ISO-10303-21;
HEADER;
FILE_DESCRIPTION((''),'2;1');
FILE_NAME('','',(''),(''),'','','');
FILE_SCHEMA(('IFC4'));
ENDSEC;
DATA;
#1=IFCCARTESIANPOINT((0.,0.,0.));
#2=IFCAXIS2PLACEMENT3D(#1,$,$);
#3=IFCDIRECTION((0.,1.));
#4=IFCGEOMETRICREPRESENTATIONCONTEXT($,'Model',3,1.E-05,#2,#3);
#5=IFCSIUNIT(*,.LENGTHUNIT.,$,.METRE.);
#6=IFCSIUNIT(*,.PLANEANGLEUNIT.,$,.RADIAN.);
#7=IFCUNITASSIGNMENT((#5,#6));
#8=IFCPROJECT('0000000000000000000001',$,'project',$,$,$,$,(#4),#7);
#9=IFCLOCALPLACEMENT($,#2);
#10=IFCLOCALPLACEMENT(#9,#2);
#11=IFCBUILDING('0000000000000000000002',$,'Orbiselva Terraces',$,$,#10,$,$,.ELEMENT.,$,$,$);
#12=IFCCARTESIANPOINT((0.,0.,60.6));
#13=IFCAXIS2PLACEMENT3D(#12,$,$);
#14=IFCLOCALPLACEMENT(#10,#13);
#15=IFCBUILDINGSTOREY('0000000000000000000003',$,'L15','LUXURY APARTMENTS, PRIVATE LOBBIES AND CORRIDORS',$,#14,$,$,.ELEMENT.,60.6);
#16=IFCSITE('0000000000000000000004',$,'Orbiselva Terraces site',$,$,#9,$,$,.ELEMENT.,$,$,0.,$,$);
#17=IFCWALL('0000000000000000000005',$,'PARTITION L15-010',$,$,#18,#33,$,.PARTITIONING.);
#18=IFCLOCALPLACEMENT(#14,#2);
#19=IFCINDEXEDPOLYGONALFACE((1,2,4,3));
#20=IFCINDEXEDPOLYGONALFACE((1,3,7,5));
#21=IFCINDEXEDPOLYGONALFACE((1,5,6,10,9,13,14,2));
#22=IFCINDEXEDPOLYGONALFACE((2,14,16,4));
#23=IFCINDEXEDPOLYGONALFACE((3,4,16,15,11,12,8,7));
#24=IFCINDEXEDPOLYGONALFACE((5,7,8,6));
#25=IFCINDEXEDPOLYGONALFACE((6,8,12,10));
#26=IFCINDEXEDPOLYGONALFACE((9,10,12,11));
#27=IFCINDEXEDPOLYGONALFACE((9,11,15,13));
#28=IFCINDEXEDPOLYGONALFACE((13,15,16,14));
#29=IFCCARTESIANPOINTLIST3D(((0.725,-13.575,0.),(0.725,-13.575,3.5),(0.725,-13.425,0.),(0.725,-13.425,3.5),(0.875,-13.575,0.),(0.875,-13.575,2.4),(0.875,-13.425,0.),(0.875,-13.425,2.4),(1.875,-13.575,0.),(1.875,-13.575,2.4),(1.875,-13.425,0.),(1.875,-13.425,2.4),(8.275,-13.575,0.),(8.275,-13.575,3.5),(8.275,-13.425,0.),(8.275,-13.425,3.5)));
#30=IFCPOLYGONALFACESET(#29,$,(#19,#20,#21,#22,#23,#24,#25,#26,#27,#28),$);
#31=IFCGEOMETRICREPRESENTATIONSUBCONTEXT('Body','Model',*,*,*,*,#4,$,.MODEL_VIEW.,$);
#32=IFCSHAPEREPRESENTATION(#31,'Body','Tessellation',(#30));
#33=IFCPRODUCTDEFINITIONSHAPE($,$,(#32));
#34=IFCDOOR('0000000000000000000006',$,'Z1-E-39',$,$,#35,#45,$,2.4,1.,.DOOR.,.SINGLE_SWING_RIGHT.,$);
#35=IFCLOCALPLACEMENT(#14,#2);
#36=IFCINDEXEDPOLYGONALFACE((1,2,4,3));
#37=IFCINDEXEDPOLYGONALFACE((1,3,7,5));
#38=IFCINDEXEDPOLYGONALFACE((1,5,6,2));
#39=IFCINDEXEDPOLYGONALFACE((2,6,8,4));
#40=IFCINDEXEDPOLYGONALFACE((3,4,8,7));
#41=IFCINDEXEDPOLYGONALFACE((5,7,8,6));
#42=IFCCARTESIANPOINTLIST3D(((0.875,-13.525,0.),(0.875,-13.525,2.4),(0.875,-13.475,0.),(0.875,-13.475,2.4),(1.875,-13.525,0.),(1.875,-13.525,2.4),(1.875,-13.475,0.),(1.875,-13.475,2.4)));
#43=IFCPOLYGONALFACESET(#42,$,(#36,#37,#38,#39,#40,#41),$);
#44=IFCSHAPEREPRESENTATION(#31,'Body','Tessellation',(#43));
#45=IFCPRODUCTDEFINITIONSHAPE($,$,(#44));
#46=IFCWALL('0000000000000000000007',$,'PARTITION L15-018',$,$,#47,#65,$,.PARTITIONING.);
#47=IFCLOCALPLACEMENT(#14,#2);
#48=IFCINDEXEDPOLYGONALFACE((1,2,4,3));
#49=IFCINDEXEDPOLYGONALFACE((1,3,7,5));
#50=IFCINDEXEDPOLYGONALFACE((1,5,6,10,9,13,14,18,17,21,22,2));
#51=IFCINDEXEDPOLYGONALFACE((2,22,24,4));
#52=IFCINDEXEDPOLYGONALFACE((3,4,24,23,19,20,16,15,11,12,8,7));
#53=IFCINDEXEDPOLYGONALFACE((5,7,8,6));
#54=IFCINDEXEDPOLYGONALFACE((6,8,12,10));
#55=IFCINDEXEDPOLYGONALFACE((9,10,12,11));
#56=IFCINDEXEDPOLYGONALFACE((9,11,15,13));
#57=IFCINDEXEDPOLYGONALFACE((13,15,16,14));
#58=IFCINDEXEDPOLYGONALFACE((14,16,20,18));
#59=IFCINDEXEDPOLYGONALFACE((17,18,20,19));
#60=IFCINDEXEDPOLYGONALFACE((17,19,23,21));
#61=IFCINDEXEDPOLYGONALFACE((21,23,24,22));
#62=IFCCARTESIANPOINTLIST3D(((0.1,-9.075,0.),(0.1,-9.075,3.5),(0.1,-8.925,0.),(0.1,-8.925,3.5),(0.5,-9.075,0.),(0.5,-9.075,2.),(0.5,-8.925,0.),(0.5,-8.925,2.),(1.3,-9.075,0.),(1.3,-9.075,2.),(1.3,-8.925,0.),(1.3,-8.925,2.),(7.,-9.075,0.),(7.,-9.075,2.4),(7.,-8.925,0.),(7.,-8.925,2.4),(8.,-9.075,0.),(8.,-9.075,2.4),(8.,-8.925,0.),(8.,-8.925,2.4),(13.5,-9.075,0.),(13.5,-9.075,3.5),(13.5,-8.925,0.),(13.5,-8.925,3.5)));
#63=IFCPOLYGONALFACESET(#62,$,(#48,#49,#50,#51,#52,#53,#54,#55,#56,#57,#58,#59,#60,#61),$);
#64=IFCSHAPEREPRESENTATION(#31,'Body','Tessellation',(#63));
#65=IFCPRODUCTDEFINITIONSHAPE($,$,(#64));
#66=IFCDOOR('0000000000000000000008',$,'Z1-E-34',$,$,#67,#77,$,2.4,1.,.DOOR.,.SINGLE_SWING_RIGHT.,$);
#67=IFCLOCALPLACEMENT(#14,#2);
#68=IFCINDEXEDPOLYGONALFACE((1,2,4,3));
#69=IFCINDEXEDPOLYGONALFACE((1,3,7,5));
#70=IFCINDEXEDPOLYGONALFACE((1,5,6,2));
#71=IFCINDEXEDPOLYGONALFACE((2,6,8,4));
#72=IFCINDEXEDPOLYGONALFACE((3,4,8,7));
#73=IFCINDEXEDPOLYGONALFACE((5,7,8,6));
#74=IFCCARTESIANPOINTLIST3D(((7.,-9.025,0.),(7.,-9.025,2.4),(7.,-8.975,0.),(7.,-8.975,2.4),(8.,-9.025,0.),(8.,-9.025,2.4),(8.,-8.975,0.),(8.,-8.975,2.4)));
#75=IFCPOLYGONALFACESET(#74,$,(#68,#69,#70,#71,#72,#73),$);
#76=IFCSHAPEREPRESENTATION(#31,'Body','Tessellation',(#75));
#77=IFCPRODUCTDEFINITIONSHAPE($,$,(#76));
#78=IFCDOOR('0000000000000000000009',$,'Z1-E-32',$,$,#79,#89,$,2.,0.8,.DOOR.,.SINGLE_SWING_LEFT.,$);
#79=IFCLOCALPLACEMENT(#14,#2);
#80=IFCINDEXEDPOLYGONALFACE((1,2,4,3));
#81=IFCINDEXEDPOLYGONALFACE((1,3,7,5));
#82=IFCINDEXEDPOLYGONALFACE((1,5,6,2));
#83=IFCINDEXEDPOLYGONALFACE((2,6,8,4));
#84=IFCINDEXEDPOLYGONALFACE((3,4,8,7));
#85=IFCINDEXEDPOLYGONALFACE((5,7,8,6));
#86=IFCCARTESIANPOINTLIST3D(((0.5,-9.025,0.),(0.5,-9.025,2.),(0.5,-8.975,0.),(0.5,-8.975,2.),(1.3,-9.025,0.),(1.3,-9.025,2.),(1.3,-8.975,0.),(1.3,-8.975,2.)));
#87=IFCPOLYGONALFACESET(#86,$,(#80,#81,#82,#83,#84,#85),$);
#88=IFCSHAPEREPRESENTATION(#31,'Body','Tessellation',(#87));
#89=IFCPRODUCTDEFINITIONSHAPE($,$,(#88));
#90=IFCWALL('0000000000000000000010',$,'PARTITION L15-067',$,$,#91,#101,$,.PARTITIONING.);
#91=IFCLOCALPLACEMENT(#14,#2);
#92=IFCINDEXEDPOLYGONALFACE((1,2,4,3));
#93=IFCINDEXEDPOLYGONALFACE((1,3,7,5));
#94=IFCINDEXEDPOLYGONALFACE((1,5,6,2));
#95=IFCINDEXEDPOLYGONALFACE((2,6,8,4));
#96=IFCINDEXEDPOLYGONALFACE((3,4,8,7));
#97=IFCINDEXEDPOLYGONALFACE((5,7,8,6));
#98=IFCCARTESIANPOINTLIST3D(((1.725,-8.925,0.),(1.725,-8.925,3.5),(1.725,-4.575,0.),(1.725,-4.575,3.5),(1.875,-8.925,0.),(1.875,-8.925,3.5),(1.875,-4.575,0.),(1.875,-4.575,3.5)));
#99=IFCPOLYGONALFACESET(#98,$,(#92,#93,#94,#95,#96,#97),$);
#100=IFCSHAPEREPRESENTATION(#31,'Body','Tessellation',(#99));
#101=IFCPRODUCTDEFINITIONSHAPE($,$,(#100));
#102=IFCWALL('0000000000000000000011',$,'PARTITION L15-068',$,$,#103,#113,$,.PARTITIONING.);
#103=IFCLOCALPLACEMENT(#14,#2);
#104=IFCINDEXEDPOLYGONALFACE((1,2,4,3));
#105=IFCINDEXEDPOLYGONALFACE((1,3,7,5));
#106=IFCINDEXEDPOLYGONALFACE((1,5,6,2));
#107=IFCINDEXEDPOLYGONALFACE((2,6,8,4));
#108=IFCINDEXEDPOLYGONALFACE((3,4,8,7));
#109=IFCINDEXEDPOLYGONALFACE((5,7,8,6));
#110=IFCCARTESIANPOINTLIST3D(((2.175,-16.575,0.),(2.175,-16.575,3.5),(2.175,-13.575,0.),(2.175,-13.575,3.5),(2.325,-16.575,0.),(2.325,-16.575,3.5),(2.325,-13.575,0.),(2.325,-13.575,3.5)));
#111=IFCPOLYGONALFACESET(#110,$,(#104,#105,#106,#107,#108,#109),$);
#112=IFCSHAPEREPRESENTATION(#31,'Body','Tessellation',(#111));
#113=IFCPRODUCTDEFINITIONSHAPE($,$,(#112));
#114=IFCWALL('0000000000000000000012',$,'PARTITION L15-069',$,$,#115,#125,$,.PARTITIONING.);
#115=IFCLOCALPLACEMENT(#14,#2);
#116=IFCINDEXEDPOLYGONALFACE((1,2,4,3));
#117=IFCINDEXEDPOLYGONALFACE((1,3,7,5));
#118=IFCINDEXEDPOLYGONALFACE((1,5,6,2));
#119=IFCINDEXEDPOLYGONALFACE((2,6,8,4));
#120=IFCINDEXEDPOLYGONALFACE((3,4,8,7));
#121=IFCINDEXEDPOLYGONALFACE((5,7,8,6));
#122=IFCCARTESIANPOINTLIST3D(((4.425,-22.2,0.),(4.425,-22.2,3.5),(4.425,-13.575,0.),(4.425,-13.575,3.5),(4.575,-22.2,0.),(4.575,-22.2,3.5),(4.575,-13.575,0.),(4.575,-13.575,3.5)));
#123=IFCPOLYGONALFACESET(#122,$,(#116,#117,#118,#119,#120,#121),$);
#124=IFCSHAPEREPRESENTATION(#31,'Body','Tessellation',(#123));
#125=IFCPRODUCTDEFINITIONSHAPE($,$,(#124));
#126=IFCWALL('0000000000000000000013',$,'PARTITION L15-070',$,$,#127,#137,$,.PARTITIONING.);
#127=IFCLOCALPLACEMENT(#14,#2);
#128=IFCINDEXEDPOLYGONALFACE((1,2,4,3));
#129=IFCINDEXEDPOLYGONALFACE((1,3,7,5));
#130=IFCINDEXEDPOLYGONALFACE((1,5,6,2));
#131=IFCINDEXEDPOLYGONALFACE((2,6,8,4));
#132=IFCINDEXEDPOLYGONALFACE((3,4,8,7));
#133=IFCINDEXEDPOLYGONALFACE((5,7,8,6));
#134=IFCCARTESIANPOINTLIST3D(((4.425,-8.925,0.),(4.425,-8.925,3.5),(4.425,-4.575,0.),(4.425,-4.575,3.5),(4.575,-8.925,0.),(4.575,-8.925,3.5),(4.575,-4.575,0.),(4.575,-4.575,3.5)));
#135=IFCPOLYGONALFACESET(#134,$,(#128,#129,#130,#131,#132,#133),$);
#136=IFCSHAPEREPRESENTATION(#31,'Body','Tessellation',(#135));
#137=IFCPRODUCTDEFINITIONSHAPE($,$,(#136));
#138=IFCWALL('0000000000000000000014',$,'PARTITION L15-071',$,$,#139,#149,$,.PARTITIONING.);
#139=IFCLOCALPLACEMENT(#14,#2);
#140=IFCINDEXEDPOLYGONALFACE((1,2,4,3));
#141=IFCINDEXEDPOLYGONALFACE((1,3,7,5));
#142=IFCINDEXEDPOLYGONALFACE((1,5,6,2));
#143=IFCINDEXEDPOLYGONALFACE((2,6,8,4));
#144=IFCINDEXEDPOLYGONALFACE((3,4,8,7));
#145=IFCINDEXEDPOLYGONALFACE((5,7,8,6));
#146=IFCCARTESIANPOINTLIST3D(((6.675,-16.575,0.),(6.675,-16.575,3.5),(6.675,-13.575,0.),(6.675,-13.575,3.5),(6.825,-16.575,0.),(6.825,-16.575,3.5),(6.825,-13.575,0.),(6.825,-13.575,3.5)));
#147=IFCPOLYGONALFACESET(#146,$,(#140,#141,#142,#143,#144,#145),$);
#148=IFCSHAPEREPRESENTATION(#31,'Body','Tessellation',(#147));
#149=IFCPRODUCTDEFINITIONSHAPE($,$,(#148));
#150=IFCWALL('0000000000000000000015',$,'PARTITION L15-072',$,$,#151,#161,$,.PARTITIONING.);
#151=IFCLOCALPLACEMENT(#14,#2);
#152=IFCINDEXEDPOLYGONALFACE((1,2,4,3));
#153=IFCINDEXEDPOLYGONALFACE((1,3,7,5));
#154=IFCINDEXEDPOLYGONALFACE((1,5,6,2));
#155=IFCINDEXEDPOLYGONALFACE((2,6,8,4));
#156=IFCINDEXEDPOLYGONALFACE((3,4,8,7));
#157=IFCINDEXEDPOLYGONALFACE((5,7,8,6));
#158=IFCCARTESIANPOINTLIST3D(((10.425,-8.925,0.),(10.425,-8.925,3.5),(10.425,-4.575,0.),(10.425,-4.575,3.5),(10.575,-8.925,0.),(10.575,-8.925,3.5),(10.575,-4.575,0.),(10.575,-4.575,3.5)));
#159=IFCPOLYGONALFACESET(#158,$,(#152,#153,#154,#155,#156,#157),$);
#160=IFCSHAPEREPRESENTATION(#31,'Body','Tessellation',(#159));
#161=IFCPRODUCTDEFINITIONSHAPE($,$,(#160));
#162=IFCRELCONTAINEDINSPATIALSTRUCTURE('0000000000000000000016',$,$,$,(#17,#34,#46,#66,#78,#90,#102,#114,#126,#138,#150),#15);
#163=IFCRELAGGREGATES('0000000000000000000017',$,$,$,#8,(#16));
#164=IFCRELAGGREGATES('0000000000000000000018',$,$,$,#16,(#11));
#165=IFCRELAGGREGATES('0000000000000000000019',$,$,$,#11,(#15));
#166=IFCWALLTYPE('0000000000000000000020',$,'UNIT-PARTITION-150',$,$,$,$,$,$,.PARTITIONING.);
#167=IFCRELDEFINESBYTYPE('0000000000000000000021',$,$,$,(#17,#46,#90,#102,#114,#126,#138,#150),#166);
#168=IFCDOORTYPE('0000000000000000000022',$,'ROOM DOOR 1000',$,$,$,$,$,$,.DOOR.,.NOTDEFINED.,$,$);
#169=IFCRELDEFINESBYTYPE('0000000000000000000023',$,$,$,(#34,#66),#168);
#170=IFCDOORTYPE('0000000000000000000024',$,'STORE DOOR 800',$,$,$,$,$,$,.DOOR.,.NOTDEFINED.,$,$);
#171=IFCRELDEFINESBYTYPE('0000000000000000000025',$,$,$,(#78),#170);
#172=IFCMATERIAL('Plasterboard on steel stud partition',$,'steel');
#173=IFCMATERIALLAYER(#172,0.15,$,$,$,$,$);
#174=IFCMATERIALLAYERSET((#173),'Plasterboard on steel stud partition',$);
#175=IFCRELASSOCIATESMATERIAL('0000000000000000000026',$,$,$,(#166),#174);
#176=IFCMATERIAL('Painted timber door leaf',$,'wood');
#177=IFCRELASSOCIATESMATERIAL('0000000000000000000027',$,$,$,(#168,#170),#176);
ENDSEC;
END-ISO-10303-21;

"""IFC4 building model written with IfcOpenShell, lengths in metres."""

from ifc_helpers import new_model, si_unit, direction, frame, frame_2d, origin, place, context, subcontext, project, spatial, rectangle, extrude, material, layer, layer_set, type_object, element, fill, save


model = new_model("IFC4")

# Units and contexts
model_context = context("Model", 3, precision=1e-05, world=origin(), true_north=direction((0.0, 1.0)))
body_context = subcontext(model_context, "Body", "Model", "MODEL_VIEW")
ifc_project = project(units=[si_unit("LENGTHUNIT", "METRE"), si_unit("PLANEANGLEUNIT", "RADIAN")], contexts=[model_context])

# Site, building, storey
site_placement = place(None, origin())
site = spatial("IfcSite", under=ifc_project, at=site_placement, Name="Orbiselva Terraces site", CompositionType="ELEMENT", RefElevation=0.0)
building_placement = place(site_placement, origin())
building = spatial("IfcBuilding", under=site, at=building_placement, Name="Orbiselva Terraces", CompositionType="ELEMENT")
storey_placement = place(building_placement, frame((0.0, 0.0, 60.6)))
storey = spatial("IfcBuildingStorey", under=building, at=storey_placement, Name="L15", Description="LUXURY APARTMENTS, PRIVATE LOBBIES AND CORRIDORS", CompositionType="ELEMENT", Elevation=60.6)

# Shared definitions
ifc_material_1 = material(Name="Plasterboard on steel stud partition", Category="steel")

# Wall, opening, door
ifc_layer_1 = layer(ifc_material_1, 0.15)
ifc_layer_set_1 = layer_set([ifc_layer_1], Name="Plasterboard on steel stud partition")
wall_type_1 = type_object("IfcWallType", Name="UNIT-PARTITION-150", PredefinedType="PARTITIONING", material=ifc_layer_set_1)
ifc_material_2 = material(Name="Painted timber door leaf", Category="wood")
wall_1_placement = place(storey_placement, frame((8.275, -13.5, 0.0), z_axis=(0.0, 0.0, 1.0), x_axis=(-1.0, 0.0, 0.0)))
wall_1 = element("IfcWall", 1, at=wall_1_placement, inside=storey, type_object=wall_type_1, Name="PARTITION L15-010", PredefinedType="PARTITIONING", context=body_context, shape_type="SweptSolid", body=[
    extrude(rectangle(XDim=7.55, YDim=0.15, at=frame_2d((3.775, 0.0))), origin(), (0.0, 0.0, 1.0), 3.5),
])
opening_1_placement = place(wall_1_placement, frame((6.4, 0.0, 0.0)))
opening_1 = element("IfcOpeningElement", 2, at=opening_1_placement, cuts=wall_1, PredefinedType="OPENING", context=body_context, shape_type="SweptSolid", body=[
    extrude(rectangle(XDim=1.0, YDim=2.4, at=frame_2d((0.5, 1.2))), frame((0.0, 0.085, 0.0), z_axis=(0.0, -1.0, 0.0), x_axis=(1.0, 0.0, 0.0)), (0.0, 0.0, 1.0), 0.17),
])
door_type_1 = type_object("IfcDoorType", Name="ROOM DOOR 1000", OperationType="NOTDEFINED", PredefinedType="DOOR", material=ifc_material_2)
door_1_placement = place(opening_1_placement, origin())
door_1 = element("IfcDoor", 3, at=door_1_placement, inside=storey, type_object=door_type_1, Name="Z1-E-39", OperationType="SINGLE_SWING_RIGHT", OverallHeight=2.4, OverallWidth=1.0, PredefinedType="DOOR", context=body_context, shape_type="SweptSolid", body=[
    extrude(rectangle(XDim=1.0, YDim=2.4, at=frame_2d((0.5, 1.2))), frame((0.0, 0.025, 0.0), z_axis=(0.0, -1.0, 0.0), x_axis=(1.0, 0.0, 0.0)), (0.0, 0.0, 1.0), 0.05),
])
fill(opening_1, door_1)

# Wall, openings, doors
wall_2_placement = place(storey_placement, frame((0.1, -9.0, 0.0), z_axis=(0.0, 0.0, 1.0), x_axis=(1.0, 0.0, 0.0)))
wall_2 = element("IfcWall", 4, at=wall_2_placement, inside=storey, type_object=wall_type_1, Name="PARTITION L15-018", PredefinedType="PARTITIONING", context=body_context, shape_type="SweptSolid", body=[
    extrude(rectangle(XDim=13.4, YDim=0.15, at=frame_2d((6.7, 0.0))), origin(), (0.0, 0.0, 1.0), 3.5),
])
opening_2_placement = place(wall_2_placement, frame((0.4, 0.0, 0.0)))
opening_2 = element("IfcOpeningElement", 5, at=opening_2_placement, cuts=wall_2, PredefinedType="OPENING", context=body_context, shape_type="SweptSolid", body=[
    extrude(rectangle(XDim=0.8, YDim=2.0, at=frame_2d((0.4, 1.0))), frame((0.0, 0.085, 0.0), z_axis=(0.0, -1.0, 0.0), x_axis=(1.0, 0.0, 0.0)), (0.0, 0.0, 1.0), 0.17),
])
opening_3_placement = place(wall_2_placement, frame((6.9, 0.0, 0.0)))
opening_3 = element("IfcOpeningElement", 6, at=opening_3_placement, cuts=wall_2, PredefinedType="OPENING", context=body_context, shape_type="SweptSolid", body=[
    extrude(rectangle(XDim=1.0, YDim=2.4, at=frame_2d((0.5, 1.2))), frame((0.0, 0.085, 0.0), z_axis=(0.0, -1.0, 0.0), x_axis=(1.0, 0.0, 0.0)), (0.0, 0.0, 1.0), 0.17),
])
door_2_placement = place(opening_3_placement, origin())
door_2 = element("IfcDoor", 7, at=door_2_placement, inside=storey, type_object=door_type_1, Name="Z1-E-34", OperationType="SINGLE_SWING_RIGHT", OverallHeight=2.4, OverallWidth=1.0, PredefinedType="DOOR", context=body_context, shape_type="SweptSolid", body=[
    extrude(rectangle(XDim=1.0, YDim=2.4, at=frame_2d((0.5, 1.2))), frame((0.0, 0.025, 0.0), z_axis=(0.0, -1.0, 0.0), x_axis=(1.0, 0.0, 0.0)), (0.0, 0.0, 1.0), 0.05),
])
fill(opening_3, door_2)
door_type_2 = type_object("IfcDoorType", Name="STORE DOOR 800", OperationType="NOTDEFINED", PredefinedType="DOOR", material=ifc_material_2)
door_3_placement = place(opening_2_placement, origin())
door_3 = element("IfcDoor", 8, at=door_3_placement, inside=storey, type_object=door_type_2, Name="Z1-E-32", OperationType="SINGLE_SWING_LEFT", OverallHeight=2.0, OverallWidth=0.8, PredefinedType="DOOR", context=body_context, shape_type="SweptSolid", body=[
    extrude(rectangle(XDim=0.8, YDim=2.0, at=frame_2d((0.4, 1.0))), frame((0.0, 0.025, 0.0), z_axis=(0.0, -1.0, 0.0), x_axis=(1.0, 0.0, 0.0)), (0.0, 0.0, 1.0), 0.05),
])
fill(opening_2, door_3)

# Walls
wall_3_placement = place(storey_placement, frame((1.8, -8.925, 0.0), z_axis=(0.0, 0.0, 1.0), x_axis=(0.0, 1.0, 0.0)))
element("IfcWall", 9, at=wall_3_placement, inside=storey, type_object=wall_type_1, Name="PARTITION L15-067", PredefinedType="PARTITIONING", context=body_context, shape_type="SweptSolid", body=[
    extrude(rectangle(XDim=4.35, YDim=0.15, at=frame_2d((2.175, 0.0))), origin(), (0.0, 0.0, 1.0), 3.5),
])
wall_4_placement = place(storey_placement, frame((2.25, -16.575, 0.0), z_axis=(0.0, 0.0, 1.0), x_axis=(0.0, 1.0, 0.0)))
element("IfcWall", 10, at=wall_4_placement, inside=storey, type_object=wall_type_1, Name="PARTITION L15-068", PredefinedType="PARTITIONING", context=body_context, shape_type="SweptSolid", body=[
    extrude(rectangle(XDim=3.0, YDim=0.15, at=frame_2d((1.5, 0.0))), origin(), (0.0, 0.0, 1.0), 3.5),
])
wall_5_placement = place(storey_placement, frame((4.5, -22.2, 0.0), z_axis=(0.0, 0.0, 1.0), x_axis=(0.0, 1.0, 0.0)))
element("IfcWall", 11, at=wall_5_placement, inside=storey, type_object=wall_type_1, Name="PARTITION L15-069", PredefinedType="PARTITIONING", context=body_context, shape_type="SweptSolid", body=[
    extrude(rectangle(XDim=8.625, YDim=0.15, at=frame_2d((4.3125, 0.0))), origin(), (0.0, 0.0, 1.0), 3.5),
])
wall_6_placement = place(storey_placement, frame((4.5, -8.925, 0.0), z_axis=(0.0, 0.0, 1.0), x_axis=(0.0, 1.0, 0.0)))
element("IfcWall", 12, at=wall_6_placement, inside=storey, type_object=wall_type_1, Name="PARTITION L15-070", PredefinedType="PARTITIONING", context=body_context, shape_type="SweptSolid", body=[
    extrude(rectangle(XDim=4.35, YDim=0.15, at=frame_2d((2.175, 0.0))), origin(), (0.0, 0.0, 1.0), 3.5),
])
wall_7_placement = place(storey_placement, frame((6.75, -16.575, 0.0), z_axis=(0.0, 0.0, 1.0), x_axis=(0.0, 1.0, 0.0)))
element("IfcWall", 13, at=wall_7_placement, inside=storey, type_object=wall_type_1, Name="PARTITION L15-071", PredefinedType="PARTITIONING", context=body_context, shape_type="SweptSolid", body=[
    extrude(rectangle(XDim=3.0, YDim=0.15, at=frame_2d((1.5, 0.0))), origin(), (0.0, 0.0, 1.0), 3.5),
])
wall_8_placement = place(storey_placement, frame((10.5, -8.925, 0.0), z_axis=(0.0, 0.0, 1.0), x_axis=(0.0, 1.0, 0.0)))
element("IfcWall", 14, at=wall_8_placement, inside=storey, type_object=wall_type_1, Name="PARTITION L15-072", PredefinedType="PARTITIONING", context=body_context, shape_type="SweptSolid", body=[
    extrude(rectangle(XDim=4.35, YDim=0.15, at=frame_2d((2.175, 0.0))), origin(), (0.0, 0.0, 1.0), 3.5),
])

save(model, "model.ifc")
